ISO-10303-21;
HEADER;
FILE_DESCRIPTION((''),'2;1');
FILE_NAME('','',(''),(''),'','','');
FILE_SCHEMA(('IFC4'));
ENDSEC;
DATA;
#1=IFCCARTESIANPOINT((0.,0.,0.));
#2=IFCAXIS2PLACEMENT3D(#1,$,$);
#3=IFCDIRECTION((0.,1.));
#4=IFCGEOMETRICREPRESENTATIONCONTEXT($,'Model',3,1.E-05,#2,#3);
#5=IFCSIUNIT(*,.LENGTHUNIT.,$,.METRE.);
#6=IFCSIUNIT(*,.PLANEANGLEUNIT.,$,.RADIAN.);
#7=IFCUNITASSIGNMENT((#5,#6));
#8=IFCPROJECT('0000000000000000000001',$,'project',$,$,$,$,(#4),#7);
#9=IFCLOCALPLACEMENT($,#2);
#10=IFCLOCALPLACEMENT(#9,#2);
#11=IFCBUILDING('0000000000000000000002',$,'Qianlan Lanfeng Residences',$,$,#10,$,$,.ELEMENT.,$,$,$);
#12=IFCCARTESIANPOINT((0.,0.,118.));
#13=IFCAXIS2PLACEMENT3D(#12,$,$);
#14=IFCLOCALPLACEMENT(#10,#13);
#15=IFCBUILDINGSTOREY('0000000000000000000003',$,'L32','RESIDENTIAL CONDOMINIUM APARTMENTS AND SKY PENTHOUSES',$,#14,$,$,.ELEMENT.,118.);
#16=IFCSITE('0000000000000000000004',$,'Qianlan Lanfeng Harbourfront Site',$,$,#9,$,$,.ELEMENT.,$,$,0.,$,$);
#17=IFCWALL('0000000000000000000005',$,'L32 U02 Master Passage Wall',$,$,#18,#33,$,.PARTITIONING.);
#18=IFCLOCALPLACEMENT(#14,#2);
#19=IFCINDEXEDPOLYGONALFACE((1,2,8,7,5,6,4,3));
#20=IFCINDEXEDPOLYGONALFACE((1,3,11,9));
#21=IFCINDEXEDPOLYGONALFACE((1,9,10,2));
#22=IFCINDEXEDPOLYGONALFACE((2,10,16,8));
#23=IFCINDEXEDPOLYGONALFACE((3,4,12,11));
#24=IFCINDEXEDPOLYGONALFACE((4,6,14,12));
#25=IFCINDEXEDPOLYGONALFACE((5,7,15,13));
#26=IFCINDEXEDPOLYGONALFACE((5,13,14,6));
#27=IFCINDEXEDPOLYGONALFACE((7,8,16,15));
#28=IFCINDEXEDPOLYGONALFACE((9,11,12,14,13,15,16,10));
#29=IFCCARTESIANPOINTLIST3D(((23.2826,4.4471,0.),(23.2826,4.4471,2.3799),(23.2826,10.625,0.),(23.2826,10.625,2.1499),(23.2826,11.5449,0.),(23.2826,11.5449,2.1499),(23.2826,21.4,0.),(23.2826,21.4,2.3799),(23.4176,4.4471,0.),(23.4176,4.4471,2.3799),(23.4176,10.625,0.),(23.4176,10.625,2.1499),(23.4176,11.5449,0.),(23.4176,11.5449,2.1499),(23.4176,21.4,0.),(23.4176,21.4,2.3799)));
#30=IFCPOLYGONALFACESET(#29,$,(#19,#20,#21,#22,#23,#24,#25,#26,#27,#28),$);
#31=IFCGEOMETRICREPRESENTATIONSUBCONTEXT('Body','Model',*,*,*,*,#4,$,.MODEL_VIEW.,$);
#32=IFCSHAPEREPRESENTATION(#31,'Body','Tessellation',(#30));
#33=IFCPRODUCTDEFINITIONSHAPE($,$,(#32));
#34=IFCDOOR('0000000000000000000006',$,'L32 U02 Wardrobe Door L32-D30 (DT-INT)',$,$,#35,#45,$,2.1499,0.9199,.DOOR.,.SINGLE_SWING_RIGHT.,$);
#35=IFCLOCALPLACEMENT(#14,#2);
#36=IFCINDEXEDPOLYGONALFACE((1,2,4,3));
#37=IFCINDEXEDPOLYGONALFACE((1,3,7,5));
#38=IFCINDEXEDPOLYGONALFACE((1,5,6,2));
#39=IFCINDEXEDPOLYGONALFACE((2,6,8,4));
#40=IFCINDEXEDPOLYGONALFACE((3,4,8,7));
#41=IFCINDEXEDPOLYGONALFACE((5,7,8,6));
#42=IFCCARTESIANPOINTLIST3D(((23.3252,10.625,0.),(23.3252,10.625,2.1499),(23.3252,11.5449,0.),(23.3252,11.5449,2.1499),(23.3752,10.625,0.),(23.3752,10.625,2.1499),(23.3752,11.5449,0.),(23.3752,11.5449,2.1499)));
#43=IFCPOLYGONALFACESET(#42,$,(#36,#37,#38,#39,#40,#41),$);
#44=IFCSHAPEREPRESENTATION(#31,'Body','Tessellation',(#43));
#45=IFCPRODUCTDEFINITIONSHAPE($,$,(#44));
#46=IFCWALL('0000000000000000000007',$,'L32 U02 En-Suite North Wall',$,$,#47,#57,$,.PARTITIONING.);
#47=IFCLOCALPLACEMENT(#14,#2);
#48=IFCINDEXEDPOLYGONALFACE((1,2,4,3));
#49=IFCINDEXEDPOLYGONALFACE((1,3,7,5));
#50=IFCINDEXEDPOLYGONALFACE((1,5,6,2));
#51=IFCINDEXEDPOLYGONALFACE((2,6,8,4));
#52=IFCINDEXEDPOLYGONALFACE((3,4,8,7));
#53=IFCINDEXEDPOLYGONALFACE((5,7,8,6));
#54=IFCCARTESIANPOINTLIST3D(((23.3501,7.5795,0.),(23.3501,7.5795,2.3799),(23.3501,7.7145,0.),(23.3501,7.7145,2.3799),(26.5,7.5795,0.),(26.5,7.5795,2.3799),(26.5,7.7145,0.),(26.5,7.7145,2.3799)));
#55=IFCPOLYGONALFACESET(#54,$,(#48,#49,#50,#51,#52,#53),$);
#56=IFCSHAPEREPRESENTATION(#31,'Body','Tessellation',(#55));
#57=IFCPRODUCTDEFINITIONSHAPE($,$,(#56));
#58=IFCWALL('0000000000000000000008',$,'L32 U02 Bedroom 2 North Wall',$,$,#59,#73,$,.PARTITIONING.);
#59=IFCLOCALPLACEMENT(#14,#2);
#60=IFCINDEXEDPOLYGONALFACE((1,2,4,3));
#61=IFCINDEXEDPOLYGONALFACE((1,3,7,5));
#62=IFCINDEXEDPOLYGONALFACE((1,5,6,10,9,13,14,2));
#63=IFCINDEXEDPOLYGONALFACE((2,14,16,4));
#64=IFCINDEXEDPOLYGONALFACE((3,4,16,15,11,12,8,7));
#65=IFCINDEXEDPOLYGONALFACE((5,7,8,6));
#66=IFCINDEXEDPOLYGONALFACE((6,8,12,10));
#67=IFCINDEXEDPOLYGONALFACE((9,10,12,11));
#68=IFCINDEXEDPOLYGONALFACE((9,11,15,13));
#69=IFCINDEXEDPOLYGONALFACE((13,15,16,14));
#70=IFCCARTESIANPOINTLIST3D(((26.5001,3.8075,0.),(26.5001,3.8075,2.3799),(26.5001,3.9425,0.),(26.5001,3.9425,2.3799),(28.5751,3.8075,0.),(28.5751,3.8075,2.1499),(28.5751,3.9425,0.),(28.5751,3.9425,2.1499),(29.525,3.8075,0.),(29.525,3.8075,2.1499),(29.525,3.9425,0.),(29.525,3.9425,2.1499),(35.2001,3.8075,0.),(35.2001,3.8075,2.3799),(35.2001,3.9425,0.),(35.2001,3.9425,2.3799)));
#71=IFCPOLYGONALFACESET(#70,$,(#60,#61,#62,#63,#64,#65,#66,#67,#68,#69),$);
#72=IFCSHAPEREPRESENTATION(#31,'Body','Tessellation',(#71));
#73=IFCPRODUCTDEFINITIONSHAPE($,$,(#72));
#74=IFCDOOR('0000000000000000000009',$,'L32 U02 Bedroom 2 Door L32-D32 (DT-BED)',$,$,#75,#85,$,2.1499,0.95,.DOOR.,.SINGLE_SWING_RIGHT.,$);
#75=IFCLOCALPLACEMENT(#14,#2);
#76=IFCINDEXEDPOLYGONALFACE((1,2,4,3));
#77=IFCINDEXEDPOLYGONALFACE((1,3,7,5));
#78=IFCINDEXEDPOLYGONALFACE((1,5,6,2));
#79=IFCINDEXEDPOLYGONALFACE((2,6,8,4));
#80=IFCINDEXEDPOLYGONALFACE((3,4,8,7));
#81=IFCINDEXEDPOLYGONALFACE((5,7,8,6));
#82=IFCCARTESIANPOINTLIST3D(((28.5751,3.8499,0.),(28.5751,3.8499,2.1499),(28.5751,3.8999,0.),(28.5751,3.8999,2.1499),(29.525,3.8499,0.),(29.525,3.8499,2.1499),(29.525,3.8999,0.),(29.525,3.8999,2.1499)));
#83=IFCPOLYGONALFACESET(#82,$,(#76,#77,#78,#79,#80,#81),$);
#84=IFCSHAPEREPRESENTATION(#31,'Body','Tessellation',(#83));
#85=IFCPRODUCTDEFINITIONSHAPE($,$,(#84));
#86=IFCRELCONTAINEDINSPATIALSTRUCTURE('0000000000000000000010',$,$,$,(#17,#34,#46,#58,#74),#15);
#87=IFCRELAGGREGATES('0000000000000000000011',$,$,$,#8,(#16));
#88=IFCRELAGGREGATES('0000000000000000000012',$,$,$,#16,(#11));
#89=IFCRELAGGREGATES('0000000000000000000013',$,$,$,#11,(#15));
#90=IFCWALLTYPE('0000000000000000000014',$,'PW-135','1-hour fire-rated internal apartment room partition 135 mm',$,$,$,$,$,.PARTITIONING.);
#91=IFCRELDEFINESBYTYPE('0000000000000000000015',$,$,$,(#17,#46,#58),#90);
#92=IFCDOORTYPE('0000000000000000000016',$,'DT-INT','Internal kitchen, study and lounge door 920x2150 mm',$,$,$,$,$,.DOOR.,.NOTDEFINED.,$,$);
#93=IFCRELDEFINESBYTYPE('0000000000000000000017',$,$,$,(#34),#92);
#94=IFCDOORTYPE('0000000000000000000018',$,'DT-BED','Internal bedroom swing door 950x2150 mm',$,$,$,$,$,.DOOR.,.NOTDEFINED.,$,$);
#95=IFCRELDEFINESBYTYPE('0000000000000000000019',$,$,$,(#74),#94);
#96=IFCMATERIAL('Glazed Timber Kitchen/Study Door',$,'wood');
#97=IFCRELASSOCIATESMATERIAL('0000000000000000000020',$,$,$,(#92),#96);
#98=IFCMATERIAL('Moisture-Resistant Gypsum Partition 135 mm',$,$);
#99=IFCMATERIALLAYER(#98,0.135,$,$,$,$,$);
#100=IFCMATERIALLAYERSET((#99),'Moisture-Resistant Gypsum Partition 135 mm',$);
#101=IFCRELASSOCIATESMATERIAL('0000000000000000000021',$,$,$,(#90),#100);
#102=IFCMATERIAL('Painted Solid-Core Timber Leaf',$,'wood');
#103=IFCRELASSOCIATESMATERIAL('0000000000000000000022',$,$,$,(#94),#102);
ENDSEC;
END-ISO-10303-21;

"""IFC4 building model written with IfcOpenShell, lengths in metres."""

from ifc_helpers import new_model, si_unit, direction, frame, frame_2d, origin, place, context, subcontext, project, spatial, rectangle, extrude, material, layer, layer_set, type_object, element, fill, save


model = new_model("IFC4")

# Units and contexts
model_context = context("Model", 3, precision=1e-05, world=origin(), true_north=direction((0.0, 1.0)))
body_context = subcontext(model_context, "Body", "Model", "MODEL_VIEW")
ifc_project = project(units=[si_unit("LENGTHUNIT", "METRE"), si_unit("PLANEANGLEUNIT", "RADIAN")], contexts=[model_context])

# Site, building, storey
site_placement = place(None, origin())
site = spatial("IfcSite", under=ifc_project, at=site_placement, Name="Qianlan Lanfeng Harbourfront Site", CompositionType="ELEMENT", RefElevation=0.0)
building_placement = place(site_placement, origin())
building = spatial("IfcBuilding", under=site, at=building_placement, Name="Qianlan Lanfeng Residences", CompositionType="ELEMENT")
storey_placement = place(building_placement, frame((0.0, 0.0, 118.0)))
storey = spatial("IfcBuildingStorey", under=building, at=storey_placement, Name="L32", Description="RESIDENTIAL CONDOMINIUM APARTMENTS AND SKY PENTHOUSES", CompositionType="ELEMENT", Elevation=118.0)

# Shared definitions
ifc_material_1 = material(Name="Glazed Timber Kitchen/Study Door", Category="wood")
door_type_1 = type_object("IfcDoorType", Name="DT-INT", Description="Internal kitchen, study and lounge door 920x2150 mm", OperationType="NOTDEFINED", PredefinedType="DOOR", material=ifc_material_1)

# Shared definitions
ifc_material_2 = material(Name="Moisture-Resistant Gypsum Partition 135 mm")
ifc_layer_1 = layer(ifc_material_2, 0.135)
ifc_layer_set_1 = layer_set([ifc_layer_1], Name="Moisture-Resistant Gypsum Partition 135 mm")
wall_type_1 = type_object("IfcWallType", Name="PW-135", Description="1-hour fire-rated internal apartment room partition 135 mm", PredefinedType="PARTITIONING", material=ifc_layer_set_1)

# Shared definitions
ifc_material_3 = material(Name="Painted Solid-Core Timber Leaf", Category="wood")
door_type_2 = type_object("IfcDoorType", Name="DT-BED", Description="Internal bedroom swing door 950x2150 mm", OperationType="NOTDEFINED", PredefinedType="DOOR", material=ifc_material_3)

# Wall, opening, door
wall_1_placement = place(storey_placement, frame((23.3501, 4.447, 0.0), z_axis=(0.0, 0.0, 1.0), x_axis=(0.0, 1.0, 0.0)))
wall_1 = element("IfcWall", 1, at=wall_1_placement, inside=storey, type_object=wall_type_1, Name="L32 U02 Master Passage Wall", PredefinedType="PARTITIONING", context=body_context, shape_type="SweptSolid", body=[
    extrude(rectangle(XDim=16.9529, YDim=0.135, at=frame_2d((8.4766, 0.0))), origin(), (0.0, 0.0, 1.0), 2.3799),
])
opening_1_placement = place(wall_1_placement, frame((6.178, 0.0, 0.0)))
opening_1 = element("IfcOpeningElement", 2, at=opening_1_placement, cuts=wall_1, PredefinedType="OPENING", context=body_context, shape_type="SweptSolid", body=[
    extrude(rectangle(XDim=0.9199, YDim=2.1499, at=frame_2d((0.46, 1.075))), frame((0.0, 0.0776, 0.0), z_axis=(0.0, -1.0, 0.0), x_axis=(1.0, 0.0, 0.0)), (0.0, 0.0, 1.0), 0.155),
])
door_1_placement = place(opening_1_placement, origin())
door_1 = element("IfcDoor", 3, at=door_1_placement, inside=storey, type_object=door_type_1, Name="L32 U02 Wardrobe Door L32-D30 (DT-INT)", OperationType="SINGLE_SWING_RIGHT", OverallHeight=2.1499, OverallWidth=0.9199, PredefinedType="DOOR", context=body_context, shape_type="SweptSolid", body=[
    extrude(rectangle(XDim=0.9199, YDim=2.1499, at=frame_2d((0.46, 1.075))), frame((0.0, 0.0249, 0.0), z_axis=(0.0, -1.0, 0.0), x_axis=(1.0, 0.0, 0.0)), (0.0, 0.0, 1.0), 0.05),
])
fill(opening_1, door_1)

# Wall
wall_2_placement = place(storey_placement, frame((23.3501, 7.647, 0.0), z_axis=(0.0, 0.0, 1.0), x_axis=(1.0, 0.0, 0.0)))
element("IfcWall", 4, at=wall_2_placement, inside=storey, type_object=wall_type_1, Name="L32 U02 En-Suite North Wall", PredefinedType="PARTITIONING", context=body_context, shape_type="SweptSolid", body=[
    extrude(rectangle(XDim=3.1499, YDim=0.135, at=frame_2d((1.575, 0.0))), origin(), (0.0, 0.0, 1.0), 2.3799),
])

# Wall, opening, door
wall_3_placement = place(storey_placement, frame((26.5, 3.875, 0.0), z_axis=(0.0, 0.0, 1.0), x_axis=(1.0, 0.0, 0.0)))
wall_3 = element("IfcWall", 5, at=wall_3_placement, inside=storey, type_object=wall_type_1, Name="L32 U02 Bedroom 2 North Wall", PredefinedType="PARTITIONING", context=body_context, shape_type="SweptSolid", body=[
    extrude(rectangle(XDim=8.7, YDim=0.135, at=frame_2d((4.3501, 0.0))), origin(), (0.0, 0.0, 1.0), 2.3799),
])
opening_2_placement = place(wall_3_placement, frame((2.075, 0.0, 0.0)))
opening_2 = element("IfcOpeningElement", 6, at=opening_2_placement, cuts=wall_3, PredefinedType="OPENING", context=body_context, shape_type="SweptSolid", body=[
    extrude(rectangle(XDim=0.95, YDim=2.1499, at=frame_2d((0.4751, 1.075))), frame((0.0, 0.0776, 0.0), z_axis=(0.0, -1.0, 0.0), x_axis=(1.0, 0.0, 0.0)), (0.0, 0.0, 1.0), 0.155),
])
door_2_placement = place(opening_2_placement, origin())
door_2 = element("IfcDoor", 7, at=door_2_placement, inside=storey, type_object=door_type_2, Name="L32 U02 Bedroom 2 Door L32-D32 (DT-BED)", OperationType="SINGLE_SWING_RIGHT", OverallHeight=2.1499, OverallWidth=0.95, PredefinedType="DOOR", context=body_context, shape_type="SweptSolid", body=[
    extrude(rectangle(XDim=0.95, YDim=2.1499, at=frame_2d((0.4751, 1.075))), frame((0.0, 0.0249, 0.0), z_axis=(0.0, -1.0, 0.0), x_axis=(1.0, 0.0, 0.0)), (0.0, 0.0, 1.0), 0.05),
])
fill(opening_2, door_2)

save(model, "model.ifc")
